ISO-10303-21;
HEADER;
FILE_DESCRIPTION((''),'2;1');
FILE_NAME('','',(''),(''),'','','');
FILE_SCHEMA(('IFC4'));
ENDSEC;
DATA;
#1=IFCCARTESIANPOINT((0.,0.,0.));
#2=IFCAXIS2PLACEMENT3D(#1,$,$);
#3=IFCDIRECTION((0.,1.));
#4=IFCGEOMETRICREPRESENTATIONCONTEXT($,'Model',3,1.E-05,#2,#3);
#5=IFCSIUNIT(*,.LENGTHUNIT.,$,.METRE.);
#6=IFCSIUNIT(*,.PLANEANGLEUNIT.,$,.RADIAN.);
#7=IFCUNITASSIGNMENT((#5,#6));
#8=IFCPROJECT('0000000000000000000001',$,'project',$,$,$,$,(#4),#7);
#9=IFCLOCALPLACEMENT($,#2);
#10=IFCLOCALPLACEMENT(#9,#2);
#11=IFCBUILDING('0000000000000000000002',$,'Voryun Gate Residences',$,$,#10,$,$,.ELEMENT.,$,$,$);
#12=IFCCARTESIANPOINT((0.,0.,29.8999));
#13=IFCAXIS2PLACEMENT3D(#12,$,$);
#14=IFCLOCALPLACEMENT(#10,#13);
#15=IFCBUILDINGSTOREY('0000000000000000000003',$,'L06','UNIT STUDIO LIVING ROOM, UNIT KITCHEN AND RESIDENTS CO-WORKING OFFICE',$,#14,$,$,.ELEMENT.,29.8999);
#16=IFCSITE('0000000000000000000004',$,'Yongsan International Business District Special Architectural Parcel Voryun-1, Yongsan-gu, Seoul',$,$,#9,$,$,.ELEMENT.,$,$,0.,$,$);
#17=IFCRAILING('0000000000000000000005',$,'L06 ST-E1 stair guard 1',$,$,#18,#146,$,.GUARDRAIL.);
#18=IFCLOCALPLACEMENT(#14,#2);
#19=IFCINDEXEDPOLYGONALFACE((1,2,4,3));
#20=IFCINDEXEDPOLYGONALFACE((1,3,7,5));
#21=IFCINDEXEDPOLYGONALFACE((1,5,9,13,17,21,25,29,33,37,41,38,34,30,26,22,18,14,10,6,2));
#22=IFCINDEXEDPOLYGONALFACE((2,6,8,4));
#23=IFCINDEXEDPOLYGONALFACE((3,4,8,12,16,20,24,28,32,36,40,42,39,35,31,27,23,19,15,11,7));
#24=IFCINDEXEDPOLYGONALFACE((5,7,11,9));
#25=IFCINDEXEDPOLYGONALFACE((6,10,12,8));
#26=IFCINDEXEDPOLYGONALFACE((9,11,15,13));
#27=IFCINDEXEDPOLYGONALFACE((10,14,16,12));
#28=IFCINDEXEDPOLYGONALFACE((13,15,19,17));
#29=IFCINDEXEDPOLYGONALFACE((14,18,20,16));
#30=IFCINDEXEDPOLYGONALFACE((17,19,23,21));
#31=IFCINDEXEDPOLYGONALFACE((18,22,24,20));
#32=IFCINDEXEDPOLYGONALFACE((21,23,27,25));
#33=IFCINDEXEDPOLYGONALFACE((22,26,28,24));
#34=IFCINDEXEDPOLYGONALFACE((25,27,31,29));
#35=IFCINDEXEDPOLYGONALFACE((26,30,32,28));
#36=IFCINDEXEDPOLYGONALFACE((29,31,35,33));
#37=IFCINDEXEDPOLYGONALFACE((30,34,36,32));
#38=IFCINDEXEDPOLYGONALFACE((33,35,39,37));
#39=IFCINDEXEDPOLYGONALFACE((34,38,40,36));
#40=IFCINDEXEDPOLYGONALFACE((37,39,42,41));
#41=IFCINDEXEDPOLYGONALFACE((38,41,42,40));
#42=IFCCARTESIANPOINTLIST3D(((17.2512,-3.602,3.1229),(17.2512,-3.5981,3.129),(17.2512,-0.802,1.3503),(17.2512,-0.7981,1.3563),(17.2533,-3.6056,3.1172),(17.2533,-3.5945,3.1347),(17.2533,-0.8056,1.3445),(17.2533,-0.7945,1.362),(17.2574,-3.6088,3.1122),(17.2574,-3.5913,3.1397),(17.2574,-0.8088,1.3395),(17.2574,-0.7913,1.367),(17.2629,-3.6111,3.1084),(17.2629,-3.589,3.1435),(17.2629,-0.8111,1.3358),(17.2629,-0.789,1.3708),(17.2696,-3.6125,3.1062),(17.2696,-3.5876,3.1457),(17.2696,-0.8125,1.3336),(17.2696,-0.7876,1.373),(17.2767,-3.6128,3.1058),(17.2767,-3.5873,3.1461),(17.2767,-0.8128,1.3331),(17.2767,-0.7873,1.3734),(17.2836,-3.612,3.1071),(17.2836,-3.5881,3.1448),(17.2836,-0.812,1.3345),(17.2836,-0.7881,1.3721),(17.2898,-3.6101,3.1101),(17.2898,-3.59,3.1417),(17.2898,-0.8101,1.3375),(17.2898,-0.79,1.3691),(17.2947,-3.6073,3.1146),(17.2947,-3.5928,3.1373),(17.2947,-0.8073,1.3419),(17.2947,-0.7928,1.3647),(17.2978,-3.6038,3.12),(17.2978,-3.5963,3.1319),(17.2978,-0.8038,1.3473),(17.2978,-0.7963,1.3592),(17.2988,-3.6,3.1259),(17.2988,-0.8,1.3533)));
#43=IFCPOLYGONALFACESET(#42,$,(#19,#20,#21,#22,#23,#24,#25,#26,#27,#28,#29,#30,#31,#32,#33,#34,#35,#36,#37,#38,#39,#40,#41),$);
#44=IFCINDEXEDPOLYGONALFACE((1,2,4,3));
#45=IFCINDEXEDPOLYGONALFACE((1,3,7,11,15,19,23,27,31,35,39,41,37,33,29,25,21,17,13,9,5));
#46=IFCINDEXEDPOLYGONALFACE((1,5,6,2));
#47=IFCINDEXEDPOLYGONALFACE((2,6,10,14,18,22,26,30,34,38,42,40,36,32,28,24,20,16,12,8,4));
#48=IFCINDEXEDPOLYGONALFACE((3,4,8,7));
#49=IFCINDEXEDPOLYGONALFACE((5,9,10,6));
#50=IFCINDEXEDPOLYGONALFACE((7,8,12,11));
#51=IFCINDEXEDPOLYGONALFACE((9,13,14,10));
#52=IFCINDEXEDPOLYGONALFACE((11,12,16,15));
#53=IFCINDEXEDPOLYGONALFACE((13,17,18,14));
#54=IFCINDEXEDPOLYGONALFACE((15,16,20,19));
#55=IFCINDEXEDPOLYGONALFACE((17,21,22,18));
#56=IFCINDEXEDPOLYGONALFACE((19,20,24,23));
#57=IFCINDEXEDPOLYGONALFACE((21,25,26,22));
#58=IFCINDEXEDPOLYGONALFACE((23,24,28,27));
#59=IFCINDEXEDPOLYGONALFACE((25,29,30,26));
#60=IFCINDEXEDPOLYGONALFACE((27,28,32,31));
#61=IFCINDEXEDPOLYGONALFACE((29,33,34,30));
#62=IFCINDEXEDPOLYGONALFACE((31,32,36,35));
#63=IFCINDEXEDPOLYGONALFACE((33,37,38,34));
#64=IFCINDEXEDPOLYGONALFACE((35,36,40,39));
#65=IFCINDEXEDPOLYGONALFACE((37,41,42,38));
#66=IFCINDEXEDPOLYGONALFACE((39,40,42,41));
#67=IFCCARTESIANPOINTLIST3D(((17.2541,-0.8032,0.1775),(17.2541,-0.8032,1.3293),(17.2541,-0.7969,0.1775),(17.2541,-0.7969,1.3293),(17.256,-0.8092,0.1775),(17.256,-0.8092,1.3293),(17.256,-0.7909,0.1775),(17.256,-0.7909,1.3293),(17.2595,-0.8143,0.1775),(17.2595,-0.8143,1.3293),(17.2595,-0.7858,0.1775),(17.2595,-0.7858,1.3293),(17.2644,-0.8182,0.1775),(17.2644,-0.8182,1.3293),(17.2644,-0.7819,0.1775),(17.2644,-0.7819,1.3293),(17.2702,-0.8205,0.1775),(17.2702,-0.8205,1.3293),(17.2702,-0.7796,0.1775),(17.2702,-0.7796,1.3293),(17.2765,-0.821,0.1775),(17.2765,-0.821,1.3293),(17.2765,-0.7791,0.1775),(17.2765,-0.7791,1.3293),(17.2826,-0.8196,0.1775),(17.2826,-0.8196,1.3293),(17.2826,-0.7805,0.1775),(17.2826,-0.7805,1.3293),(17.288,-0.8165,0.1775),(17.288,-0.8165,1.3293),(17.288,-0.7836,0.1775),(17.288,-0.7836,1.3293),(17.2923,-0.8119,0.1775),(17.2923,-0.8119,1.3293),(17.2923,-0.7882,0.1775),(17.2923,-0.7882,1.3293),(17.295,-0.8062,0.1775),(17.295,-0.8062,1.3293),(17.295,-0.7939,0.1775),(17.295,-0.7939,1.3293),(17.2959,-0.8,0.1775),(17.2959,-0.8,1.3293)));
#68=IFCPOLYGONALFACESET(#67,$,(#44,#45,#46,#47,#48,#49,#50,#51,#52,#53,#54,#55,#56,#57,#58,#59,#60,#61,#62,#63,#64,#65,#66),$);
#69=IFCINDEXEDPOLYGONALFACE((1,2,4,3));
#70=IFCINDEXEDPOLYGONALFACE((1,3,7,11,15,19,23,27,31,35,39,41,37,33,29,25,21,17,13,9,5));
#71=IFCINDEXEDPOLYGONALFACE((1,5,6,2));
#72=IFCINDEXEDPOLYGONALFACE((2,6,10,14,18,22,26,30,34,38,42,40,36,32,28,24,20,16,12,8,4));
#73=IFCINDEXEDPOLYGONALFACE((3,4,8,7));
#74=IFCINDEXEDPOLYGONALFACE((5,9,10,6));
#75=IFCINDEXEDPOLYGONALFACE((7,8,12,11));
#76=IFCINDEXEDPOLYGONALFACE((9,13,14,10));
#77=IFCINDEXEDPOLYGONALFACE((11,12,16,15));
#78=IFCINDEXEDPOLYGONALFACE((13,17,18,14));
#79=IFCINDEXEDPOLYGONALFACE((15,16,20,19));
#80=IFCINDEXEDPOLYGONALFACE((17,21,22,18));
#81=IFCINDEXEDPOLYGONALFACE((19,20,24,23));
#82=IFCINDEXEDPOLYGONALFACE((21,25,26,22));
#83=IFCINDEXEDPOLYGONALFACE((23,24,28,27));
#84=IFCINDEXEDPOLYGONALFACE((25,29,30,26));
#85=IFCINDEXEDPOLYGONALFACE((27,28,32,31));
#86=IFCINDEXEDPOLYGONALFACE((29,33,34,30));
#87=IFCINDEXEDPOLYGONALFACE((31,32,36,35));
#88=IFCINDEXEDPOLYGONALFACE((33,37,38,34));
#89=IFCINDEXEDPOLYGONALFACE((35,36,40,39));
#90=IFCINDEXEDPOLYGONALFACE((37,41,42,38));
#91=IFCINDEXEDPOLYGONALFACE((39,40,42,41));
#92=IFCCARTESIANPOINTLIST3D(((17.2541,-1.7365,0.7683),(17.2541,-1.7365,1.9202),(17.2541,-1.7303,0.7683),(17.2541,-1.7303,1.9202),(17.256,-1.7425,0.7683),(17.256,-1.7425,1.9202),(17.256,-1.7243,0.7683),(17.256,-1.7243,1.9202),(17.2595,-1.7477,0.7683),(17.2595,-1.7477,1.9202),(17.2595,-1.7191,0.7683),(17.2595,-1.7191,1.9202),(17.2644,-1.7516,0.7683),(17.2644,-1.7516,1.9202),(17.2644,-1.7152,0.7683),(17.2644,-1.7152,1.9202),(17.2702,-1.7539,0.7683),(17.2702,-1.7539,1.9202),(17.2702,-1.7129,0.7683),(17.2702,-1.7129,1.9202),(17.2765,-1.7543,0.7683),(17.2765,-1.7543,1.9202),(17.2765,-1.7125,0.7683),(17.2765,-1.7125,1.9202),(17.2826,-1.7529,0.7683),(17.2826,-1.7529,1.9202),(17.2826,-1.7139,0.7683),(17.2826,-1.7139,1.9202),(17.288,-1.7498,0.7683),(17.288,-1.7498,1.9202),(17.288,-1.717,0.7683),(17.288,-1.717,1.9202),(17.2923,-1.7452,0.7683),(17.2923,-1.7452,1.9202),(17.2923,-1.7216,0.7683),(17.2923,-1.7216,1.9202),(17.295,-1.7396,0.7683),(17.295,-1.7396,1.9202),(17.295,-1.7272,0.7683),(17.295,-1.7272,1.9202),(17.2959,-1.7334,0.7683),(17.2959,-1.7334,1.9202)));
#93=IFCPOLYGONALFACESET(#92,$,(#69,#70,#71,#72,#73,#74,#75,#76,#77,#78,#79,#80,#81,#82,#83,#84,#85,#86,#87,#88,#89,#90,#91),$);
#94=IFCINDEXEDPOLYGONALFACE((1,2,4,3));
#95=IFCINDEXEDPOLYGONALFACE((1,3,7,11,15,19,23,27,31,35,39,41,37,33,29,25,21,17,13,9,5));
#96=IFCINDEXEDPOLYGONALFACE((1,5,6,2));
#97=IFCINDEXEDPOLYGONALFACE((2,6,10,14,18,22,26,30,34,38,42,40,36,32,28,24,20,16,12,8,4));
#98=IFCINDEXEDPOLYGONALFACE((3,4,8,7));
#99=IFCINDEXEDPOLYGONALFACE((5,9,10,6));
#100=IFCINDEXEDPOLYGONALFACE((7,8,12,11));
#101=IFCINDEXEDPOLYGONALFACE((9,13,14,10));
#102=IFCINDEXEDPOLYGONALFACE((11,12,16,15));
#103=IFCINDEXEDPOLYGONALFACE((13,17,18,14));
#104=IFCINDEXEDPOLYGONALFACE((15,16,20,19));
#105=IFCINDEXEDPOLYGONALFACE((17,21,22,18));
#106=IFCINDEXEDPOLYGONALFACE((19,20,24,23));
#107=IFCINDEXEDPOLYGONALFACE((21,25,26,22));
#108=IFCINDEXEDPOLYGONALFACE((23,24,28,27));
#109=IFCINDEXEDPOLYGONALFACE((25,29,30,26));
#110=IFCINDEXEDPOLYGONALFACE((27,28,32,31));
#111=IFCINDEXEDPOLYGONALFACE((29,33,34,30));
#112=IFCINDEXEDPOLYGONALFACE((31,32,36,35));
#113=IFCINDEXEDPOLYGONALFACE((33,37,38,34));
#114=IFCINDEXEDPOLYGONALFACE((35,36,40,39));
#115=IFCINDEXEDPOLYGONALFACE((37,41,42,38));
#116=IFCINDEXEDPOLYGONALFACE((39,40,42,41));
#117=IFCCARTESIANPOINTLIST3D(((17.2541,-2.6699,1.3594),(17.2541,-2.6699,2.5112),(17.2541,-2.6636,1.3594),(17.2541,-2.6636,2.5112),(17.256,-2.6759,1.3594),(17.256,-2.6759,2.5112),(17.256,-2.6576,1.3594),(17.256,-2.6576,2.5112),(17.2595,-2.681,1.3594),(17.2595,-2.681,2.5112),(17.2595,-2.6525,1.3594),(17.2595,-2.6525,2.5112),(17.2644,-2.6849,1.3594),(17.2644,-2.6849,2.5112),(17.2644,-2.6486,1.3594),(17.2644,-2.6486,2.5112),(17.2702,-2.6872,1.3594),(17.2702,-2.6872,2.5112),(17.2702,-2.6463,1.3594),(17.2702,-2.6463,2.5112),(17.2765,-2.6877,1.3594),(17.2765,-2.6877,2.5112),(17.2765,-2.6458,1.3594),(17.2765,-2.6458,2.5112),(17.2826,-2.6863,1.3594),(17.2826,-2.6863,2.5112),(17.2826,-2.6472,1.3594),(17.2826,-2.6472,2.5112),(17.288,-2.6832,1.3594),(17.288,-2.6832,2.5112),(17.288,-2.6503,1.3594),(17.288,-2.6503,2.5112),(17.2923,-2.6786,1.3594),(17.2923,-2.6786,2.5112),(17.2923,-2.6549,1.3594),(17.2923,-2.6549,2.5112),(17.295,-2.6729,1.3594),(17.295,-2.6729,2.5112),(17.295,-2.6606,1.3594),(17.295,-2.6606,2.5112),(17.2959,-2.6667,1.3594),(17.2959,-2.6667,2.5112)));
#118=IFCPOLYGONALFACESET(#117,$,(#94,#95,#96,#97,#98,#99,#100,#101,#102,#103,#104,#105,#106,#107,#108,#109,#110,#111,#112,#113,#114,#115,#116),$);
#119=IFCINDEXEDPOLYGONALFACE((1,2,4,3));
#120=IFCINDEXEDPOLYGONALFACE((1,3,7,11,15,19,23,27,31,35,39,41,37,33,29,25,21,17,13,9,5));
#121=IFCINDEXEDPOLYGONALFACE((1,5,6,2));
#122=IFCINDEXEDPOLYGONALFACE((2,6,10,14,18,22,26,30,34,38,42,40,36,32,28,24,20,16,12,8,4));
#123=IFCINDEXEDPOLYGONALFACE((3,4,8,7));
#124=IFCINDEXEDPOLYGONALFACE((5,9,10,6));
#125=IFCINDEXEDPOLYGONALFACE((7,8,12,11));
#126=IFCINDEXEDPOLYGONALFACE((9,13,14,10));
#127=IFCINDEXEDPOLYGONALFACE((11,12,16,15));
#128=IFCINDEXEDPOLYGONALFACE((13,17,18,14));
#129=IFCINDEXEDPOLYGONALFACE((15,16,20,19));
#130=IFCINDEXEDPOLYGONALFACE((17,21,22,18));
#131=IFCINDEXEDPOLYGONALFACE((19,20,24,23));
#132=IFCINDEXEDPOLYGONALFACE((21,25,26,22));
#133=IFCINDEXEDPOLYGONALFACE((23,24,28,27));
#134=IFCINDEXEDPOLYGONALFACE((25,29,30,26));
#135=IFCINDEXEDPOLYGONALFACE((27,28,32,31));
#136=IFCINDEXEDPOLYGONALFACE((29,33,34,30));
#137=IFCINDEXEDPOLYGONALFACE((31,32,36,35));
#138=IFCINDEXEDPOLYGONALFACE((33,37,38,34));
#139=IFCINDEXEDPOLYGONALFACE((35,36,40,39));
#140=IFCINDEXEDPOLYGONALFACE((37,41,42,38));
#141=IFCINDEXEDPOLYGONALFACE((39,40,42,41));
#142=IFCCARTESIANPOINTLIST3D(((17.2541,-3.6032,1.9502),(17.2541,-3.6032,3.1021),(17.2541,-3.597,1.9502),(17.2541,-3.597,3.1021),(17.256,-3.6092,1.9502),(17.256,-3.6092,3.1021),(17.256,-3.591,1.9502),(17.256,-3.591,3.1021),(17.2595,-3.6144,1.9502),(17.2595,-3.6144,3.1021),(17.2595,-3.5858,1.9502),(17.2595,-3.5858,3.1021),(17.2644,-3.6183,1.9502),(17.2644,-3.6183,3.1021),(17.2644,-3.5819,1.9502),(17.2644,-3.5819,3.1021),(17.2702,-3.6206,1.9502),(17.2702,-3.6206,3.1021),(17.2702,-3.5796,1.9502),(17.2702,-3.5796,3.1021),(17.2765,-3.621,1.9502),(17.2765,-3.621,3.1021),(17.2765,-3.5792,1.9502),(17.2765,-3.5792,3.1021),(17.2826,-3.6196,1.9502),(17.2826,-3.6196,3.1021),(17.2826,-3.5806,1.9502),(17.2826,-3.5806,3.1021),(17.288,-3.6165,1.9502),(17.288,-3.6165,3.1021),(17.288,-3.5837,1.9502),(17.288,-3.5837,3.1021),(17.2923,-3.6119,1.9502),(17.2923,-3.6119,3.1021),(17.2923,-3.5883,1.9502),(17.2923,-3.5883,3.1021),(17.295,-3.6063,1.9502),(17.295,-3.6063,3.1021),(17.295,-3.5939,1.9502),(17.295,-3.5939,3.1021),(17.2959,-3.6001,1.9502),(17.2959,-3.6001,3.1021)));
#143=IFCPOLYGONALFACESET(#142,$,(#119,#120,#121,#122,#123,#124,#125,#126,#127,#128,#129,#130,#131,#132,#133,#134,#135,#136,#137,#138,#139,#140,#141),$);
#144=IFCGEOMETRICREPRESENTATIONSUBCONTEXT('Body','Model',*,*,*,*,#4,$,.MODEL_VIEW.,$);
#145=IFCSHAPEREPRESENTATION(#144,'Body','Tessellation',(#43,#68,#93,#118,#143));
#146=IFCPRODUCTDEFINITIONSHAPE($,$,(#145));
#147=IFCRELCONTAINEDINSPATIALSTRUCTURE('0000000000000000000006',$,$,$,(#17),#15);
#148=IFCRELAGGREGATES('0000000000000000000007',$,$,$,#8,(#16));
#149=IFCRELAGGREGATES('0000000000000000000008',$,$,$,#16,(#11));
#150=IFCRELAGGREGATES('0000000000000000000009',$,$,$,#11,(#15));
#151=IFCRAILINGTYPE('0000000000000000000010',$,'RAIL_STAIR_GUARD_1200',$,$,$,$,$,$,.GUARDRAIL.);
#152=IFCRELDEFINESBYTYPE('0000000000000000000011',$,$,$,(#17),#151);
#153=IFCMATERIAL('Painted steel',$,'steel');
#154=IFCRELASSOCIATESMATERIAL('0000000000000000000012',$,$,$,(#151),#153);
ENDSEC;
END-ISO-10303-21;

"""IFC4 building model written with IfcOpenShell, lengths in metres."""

from ifc_helpers import new_model, si_unit, direction, frame, origin, origin_2d, place, context, subcontext, project, spatial, circle, extrude, material, type_object, element, save


model = new_model("IFC4")

# Units and contexts
model_context = context("Model", 3, precision=1e-05, world=origin(), true_north=direction((0.0, 1.0)))
body_context = subcontext(model_context, "Body", "Model", "MODEL_VIEW")
ifc_project = project(units=[si_unit("LENGTHUNIT", "METRE"), si_unit("PLANEANGLEUNIT", "RADIAN")], contexts=[model_context])

# Site, building, storey
site_placement = place(None, origin())
site = spatial("IfcSite", under=ifc_project, at=site_placement, Name="Yongsan International Business District Special Architectural Parcel Voryun-1, Yongsan-gu, Seoul", CompositionType="ELEMENT", RefElevation=0.0)
building_placement = place(site_placement, origin())
building = spatial("IfcBuilding", under=site, at=building_placement, Name="Voryun Gate Residences", CompositionType="ELEMENT")
storey_placement = place(building_placement, frame((0.0, 0.0, 29.8999)))
storey = spatial("IfcBuildingStorey", under=building, at=storey_placement, Name="L06", Description="UNIT STUDIO LIVING ROOM, UNIT KITCHEN AND RESIDENTS CO-WORKING OFFICE", CompositionType="ELEMENT", Elevation=29.8999)

# Railing
ifc_material_1 = material(Name="Painted steel", Category="steel")
railing_type = type_object("IfcRailingType", Name="RAIL_STAIR_GUARD_1200", PredefinedType="GUARDRAIL", material=ifc_material_1)
railing_1_placement = place(storey_placement, frame((17.2749, -0.8, 0.1775)))
element("IfcRailing", 1, at=railing_1_placement, inside=storey, type_object=railing_type, Name="L06 ST-E1 stair guard 1", PredefinedType="GUARDRAIL", context=body_context, shape_type="SweptSolid", body=[
    extrude(circle(Radius=0.0239, at=origin_2d()), frame((0.0, 0.0, 1.1758), z_axis=(0.0, -0.844909, 0.53491), x_axis=(1.0, 0.0, 0.0)), (0.0, 0.0, 1.0), 3.314),
    extrude(circle(Radius=0.021, at=origin_2d()), origin(), (0.0, 0.0, 1.0), 1.1519),
    extrude(circle(Radius=0.021, at=origin_2d()), frame((0.0, -0.9333, 0.5908)), (0.0, 0.0, 1.0), 1.1519),
    extrude(circle(Radius=0.021, at=origin_2d()), frame((0.0, -1.8667, 1.1819)), (0.0, 0.0, 1.0), 1.1519),
    extrude(circle(Radius=0.021, at=origin_2d()), frame((0.0, -2.8, 1.7727)), (0.0, 0.0, 1.0), 1.1519),
])

save(model, "model.ifc")
